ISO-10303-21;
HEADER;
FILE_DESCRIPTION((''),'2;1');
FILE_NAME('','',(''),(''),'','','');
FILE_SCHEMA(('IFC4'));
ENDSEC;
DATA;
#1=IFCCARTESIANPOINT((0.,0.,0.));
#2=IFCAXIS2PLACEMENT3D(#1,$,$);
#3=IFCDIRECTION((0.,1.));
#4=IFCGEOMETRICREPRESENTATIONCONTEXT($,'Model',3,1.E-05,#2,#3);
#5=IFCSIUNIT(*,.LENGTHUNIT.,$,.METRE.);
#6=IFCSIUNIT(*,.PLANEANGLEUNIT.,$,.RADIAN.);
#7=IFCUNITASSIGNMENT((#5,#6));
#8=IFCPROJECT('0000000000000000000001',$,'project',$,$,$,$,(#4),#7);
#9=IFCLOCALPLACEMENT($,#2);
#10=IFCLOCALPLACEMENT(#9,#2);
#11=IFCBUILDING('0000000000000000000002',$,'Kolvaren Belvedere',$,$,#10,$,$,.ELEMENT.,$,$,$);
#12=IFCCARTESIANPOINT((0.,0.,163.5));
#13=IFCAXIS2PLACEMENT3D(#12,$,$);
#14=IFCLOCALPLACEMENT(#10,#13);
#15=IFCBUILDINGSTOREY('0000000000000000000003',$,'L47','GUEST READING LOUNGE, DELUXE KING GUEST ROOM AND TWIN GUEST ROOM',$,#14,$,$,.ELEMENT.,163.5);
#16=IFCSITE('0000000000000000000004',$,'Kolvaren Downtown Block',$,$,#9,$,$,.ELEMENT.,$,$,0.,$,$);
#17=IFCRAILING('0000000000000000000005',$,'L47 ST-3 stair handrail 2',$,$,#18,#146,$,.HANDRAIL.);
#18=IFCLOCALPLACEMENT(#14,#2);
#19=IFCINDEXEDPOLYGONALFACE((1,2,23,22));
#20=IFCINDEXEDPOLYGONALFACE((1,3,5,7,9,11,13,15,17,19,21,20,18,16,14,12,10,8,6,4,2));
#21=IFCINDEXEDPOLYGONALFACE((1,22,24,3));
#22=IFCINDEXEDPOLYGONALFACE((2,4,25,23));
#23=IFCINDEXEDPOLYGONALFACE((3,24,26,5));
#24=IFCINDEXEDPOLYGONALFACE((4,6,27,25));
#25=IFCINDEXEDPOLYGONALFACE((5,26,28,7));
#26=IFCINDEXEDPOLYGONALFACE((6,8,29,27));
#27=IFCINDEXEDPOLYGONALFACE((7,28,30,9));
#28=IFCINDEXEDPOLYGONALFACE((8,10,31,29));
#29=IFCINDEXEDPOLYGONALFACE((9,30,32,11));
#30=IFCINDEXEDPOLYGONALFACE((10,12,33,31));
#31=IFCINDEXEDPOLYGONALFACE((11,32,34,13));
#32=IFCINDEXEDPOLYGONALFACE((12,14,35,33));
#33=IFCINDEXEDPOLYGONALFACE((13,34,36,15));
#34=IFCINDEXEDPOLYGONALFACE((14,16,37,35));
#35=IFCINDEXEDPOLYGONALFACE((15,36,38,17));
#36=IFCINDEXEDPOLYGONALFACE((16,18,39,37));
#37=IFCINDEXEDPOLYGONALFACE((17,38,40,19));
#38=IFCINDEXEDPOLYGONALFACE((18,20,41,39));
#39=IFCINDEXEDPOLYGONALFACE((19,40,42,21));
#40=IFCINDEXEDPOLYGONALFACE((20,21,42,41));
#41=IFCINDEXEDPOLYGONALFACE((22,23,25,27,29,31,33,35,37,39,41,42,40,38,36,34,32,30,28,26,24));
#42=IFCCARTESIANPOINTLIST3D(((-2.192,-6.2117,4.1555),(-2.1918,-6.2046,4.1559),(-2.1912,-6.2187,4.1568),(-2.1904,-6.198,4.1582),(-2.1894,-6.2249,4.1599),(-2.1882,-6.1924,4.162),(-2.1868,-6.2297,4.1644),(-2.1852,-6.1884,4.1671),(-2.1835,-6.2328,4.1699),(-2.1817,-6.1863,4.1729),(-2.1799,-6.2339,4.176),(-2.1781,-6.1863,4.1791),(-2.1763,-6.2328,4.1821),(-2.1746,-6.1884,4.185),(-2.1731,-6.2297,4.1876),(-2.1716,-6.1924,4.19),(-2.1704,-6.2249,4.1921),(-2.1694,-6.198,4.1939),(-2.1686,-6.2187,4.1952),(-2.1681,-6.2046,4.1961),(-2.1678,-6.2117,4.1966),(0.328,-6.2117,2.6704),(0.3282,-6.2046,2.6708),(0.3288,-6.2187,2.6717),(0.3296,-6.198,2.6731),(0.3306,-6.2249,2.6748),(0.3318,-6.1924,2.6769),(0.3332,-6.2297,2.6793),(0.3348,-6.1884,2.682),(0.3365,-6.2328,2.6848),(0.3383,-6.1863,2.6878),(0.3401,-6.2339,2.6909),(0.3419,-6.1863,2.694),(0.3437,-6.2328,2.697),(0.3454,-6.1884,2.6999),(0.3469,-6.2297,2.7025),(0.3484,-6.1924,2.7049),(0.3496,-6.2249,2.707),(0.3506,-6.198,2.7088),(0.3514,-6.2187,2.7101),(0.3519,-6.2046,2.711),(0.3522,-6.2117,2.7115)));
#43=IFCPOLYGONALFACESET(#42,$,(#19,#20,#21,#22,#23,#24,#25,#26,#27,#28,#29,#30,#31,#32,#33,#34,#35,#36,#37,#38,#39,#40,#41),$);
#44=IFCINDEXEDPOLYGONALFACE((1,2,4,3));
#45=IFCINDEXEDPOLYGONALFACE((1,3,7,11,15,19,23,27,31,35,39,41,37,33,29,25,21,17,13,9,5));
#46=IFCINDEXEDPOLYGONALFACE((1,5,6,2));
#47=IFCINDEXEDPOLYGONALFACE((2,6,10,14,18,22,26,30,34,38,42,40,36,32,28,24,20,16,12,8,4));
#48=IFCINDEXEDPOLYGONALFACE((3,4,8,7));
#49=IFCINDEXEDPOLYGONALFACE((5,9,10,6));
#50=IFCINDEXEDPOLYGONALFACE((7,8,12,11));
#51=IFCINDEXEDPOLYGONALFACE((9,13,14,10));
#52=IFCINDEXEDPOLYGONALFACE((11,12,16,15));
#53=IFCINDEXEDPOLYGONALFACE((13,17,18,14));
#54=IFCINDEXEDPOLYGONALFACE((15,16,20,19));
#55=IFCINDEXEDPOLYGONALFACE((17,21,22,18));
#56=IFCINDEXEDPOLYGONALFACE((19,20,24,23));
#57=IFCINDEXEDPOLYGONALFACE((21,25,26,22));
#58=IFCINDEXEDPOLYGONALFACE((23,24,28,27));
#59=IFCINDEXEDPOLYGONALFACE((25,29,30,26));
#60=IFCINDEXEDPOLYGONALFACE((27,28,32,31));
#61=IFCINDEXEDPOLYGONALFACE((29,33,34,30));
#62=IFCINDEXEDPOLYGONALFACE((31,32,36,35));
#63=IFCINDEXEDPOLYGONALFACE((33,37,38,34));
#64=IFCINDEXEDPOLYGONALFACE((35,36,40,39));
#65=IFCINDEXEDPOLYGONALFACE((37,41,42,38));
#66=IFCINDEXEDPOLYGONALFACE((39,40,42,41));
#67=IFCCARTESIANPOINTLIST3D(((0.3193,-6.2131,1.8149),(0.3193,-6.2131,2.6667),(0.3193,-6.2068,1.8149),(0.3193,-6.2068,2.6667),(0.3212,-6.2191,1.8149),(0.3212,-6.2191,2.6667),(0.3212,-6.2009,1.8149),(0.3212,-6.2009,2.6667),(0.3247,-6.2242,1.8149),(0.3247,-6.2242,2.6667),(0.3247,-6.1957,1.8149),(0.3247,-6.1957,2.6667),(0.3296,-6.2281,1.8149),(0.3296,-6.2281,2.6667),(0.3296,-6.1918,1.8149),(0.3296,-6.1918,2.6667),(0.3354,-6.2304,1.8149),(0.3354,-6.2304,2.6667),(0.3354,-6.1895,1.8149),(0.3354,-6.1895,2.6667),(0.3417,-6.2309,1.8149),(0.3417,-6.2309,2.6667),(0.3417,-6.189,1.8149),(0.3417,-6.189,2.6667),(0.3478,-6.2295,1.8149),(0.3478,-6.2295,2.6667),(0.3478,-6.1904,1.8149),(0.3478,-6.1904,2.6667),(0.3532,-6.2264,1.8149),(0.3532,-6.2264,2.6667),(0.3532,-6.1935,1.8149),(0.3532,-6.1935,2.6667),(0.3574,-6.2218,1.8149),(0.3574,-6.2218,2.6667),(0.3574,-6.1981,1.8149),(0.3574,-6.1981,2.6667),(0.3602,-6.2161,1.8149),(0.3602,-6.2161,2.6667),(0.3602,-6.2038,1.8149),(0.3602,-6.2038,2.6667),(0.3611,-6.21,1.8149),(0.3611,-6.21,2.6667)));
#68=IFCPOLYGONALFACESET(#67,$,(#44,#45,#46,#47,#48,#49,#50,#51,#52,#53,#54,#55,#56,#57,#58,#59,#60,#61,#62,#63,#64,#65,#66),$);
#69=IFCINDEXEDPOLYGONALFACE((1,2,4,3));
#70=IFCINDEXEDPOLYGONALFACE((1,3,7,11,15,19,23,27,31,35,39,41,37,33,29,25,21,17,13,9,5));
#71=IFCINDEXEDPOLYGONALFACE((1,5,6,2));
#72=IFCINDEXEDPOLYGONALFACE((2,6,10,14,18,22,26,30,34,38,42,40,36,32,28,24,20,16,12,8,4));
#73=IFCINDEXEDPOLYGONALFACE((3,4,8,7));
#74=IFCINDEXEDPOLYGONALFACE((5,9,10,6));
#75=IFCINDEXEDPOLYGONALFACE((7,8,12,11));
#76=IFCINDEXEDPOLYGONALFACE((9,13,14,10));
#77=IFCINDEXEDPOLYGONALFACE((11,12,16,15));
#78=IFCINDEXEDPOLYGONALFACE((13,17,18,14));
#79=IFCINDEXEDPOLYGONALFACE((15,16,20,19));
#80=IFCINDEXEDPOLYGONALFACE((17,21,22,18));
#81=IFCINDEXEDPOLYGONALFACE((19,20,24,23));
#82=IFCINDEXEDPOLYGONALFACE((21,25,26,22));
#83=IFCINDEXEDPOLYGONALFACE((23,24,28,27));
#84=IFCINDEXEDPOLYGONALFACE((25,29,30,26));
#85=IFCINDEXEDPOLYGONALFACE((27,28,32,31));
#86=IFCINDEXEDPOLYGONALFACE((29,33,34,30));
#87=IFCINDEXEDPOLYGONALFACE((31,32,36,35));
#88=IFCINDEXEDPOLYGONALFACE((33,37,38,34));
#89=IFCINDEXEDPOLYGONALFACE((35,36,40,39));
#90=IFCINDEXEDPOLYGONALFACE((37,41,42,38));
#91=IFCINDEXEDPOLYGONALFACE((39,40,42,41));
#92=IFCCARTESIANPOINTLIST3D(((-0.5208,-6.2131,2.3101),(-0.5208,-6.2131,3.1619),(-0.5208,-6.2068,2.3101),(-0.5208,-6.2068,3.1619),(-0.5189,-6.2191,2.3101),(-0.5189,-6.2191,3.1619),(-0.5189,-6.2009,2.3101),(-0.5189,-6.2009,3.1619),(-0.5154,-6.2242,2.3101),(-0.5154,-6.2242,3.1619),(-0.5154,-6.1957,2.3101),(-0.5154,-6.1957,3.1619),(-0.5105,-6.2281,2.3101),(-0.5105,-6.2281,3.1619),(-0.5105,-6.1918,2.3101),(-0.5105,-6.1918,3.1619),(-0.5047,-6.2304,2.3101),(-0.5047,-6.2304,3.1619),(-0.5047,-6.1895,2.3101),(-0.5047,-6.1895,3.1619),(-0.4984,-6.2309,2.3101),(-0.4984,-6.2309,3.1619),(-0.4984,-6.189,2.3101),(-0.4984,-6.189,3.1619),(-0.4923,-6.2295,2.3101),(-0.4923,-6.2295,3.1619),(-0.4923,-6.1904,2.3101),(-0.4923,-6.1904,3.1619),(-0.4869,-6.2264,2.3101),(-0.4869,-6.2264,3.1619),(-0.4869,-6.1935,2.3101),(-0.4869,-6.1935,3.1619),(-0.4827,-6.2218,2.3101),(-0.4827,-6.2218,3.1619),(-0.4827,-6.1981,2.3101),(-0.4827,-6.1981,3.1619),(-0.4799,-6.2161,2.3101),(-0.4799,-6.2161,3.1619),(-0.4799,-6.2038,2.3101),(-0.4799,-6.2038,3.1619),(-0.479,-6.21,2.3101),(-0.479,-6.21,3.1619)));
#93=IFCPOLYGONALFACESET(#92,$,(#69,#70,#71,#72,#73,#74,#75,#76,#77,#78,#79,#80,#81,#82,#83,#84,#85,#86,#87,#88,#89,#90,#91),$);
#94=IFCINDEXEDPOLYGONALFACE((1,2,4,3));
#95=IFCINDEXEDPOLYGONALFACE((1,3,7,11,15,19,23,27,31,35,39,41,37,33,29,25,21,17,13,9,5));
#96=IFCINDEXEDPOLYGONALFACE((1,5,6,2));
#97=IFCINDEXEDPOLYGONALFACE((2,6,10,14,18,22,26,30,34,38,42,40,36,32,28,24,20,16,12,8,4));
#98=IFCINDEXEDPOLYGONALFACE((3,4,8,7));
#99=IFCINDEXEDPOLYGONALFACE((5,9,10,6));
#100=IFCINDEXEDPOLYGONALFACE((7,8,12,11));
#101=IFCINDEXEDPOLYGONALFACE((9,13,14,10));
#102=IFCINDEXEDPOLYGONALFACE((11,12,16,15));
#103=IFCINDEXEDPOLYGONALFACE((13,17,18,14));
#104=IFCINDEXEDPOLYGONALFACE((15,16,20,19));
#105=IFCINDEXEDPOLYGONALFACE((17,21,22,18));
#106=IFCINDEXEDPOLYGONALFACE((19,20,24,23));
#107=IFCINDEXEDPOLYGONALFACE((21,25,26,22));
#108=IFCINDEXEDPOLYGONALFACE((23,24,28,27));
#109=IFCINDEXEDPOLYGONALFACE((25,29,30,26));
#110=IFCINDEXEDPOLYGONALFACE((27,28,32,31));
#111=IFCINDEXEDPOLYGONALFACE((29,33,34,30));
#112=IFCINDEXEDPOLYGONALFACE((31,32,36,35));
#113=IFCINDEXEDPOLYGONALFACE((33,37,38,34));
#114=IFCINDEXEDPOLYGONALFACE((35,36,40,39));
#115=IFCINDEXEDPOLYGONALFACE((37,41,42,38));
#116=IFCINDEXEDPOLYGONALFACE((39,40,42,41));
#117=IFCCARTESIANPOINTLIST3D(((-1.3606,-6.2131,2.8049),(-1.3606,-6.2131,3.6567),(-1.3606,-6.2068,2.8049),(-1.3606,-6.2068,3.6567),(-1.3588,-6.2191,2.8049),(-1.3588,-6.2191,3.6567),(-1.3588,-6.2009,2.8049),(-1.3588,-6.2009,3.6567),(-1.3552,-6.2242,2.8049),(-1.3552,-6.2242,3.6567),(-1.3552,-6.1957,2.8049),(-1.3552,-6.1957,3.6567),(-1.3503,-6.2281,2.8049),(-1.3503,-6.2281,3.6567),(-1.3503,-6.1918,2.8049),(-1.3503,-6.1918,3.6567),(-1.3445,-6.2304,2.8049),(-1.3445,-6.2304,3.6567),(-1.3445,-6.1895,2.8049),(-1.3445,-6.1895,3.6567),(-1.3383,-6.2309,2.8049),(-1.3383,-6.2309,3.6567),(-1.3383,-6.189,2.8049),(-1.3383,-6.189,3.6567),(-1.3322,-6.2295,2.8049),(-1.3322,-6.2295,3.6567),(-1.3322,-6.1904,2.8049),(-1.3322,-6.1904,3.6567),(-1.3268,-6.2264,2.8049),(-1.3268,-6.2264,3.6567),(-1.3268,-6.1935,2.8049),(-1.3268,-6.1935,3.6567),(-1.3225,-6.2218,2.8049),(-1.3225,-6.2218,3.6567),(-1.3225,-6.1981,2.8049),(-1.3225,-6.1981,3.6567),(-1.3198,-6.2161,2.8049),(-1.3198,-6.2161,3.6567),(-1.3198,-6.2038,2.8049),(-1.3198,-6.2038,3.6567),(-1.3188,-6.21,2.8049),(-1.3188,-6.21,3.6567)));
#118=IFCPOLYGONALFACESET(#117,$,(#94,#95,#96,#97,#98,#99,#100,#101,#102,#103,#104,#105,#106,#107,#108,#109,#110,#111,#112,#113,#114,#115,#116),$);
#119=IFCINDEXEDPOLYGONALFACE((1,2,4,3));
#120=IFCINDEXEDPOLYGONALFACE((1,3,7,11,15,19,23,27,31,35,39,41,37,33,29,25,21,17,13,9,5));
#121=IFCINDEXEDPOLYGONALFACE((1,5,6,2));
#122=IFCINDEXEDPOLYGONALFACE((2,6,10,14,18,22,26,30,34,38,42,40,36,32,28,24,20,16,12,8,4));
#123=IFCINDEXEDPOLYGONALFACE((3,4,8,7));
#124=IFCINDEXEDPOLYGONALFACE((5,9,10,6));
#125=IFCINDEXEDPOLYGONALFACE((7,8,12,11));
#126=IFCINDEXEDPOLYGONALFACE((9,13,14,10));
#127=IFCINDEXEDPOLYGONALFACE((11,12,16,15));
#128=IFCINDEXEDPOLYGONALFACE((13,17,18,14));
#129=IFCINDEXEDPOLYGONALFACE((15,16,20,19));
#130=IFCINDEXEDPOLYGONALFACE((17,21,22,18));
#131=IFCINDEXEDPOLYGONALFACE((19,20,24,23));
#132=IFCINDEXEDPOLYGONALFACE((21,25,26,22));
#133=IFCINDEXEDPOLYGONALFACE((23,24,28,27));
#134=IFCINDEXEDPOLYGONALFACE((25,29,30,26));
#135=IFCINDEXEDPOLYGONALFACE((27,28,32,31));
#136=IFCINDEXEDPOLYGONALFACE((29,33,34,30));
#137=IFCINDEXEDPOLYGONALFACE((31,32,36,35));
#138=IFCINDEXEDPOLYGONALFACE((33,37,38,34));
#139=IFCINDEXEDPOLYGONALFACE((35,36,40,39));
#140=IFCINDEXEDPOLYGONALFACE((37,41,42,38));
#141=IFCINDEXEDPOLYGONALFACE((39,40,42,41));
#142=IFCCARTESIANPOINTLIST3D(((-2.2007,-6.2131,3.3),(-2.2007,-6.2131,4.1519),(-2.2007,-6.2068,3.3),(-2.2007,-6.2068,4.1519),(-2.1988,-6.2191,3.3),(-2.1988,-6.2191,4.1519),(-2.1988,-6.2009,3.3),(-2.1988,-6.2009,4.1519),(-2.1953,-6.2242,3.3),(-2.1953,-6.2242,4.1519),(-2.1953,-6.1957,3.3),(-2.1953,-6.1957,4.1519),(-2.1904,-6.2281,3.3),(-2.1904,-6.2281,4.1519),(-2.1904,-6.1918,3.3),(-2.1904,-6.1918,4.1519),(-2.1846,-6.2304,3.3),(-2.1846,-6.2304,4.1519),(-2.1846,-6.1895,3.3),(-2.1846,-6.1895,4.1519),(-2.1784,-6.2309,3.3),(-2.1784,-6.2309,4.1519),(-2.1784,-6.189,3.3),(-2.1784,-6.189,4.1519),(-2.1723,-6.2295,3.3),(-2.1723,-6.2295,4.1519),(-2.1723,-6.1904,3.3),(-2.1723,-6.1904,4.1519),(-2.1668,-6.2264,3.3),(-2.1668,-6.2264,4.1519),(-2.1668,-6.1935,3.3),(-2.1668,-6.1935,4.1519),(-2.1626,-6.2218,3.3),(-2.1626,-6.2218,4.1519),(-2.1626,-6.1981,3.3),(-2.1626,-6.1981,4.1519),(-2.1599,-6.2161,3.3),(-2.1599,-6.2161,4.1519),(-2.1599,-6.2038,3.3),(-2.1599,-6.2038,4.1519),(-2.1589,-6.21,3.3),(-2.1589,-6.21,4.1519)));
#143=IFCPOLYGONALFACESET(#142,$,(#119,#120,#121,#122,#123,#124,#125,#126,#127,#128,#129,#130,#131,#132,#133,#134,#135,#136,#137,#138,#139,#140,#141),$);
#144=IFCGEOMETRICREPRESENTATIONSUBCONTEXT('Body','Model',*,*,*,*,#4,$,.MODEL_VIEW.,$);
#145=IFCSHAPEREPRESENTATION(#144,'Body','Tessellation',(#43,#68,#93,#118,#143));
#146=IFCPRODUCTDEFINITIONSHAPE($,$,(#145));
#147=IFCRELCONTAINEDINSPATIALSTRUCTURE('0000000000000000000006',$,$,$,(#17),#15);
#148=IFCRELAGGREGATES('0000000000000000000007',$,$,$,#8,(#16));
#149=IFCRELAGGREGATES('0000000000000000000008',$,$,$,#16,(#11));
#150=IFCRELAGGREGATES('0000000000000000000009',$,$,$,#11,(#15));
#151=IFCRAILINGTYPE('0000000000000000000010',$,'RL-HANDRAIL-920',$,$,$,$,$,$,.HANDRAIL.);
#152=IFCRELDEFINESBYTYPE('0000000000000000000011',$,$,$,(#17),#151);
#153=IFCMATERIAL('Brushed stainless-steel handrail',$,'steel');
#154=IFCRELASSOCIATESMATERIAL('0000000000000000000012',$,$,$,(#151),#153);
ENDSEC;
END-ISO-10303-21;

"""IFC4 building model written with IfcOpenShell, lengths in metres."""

from ifc_helpers import new_model, si_unit, direction, frame, origin, origin_2d, place, context, subcontext, project, spatial, circle, extrude, material, type_object, element, save


model = new_model("IFC4")

# Units and contexts
model_context = context("Model", 3, precision=1e-05, world=origin(), true_north=direction((0.0, 1.0)))
body_context = subcontext(model_context, "Body", "Model", "MODEL_VIEW")
ifc_project = project(units=[si_unit("LENGTHUNIT", "METRE"), si_unit("PLANEANGLEUNIT", "RADIAN")], contexts=[model_context])

# Site, building, storey
site_placement = place(None, origin())
site = spatial("IfcSite", under=ifc_project, at=site_placement, Name="Kolvaren Downtown Block", CompositionType="ELEMENT", RefElevation=0.0)
building_placement = place(site_placement, origin())
building = spatial("IfcBuilding", under=site, at=building_placement, Name="Kolvaren Belvedere", CompositionType="ELEMENT")
storey_placement = place(building_placement, frame((0.0, 0.0, 163.5)))
storey = spatial("IfcBuildingStorey", under=building, at=storey_placement, Name="L47", Description="GUEST READING LOUNGE, DELUXE KING GUEST ROOM AND TWIN GUEST ROOM", CompositionType="ELEMENT", Elevation=163.5)

# Railing
ifc_material_1 = material(Name="Brushed stainless-steel handrail", Category="steel")
railing_type_1 = type_object("IfcRailingType", Name="RL-HANDRAIL-920", PredefinedType="HANDRAIL", material=ifc_material_1)
railing_1_placement = place(storey_placement, frame((0.3401, -6.21, 1.8149)))
element("IfcRailing", 1, at=railing_1_placement, inside=storey, type_object=railing_type_1, Name="L47 ST-3 stair handrail 2", PredefinedType="HANDRAIL", context=body_context, shape_type="SweptSolid", body=[
    extrude(circle(Radius=0.0239, at=origin_2d()), frame((0.0, 0.0, 0.876), z_axis=(-0.861524, 0.0, 0.507717), x_axis=(0.0, -1.0, 0.0)), (0.0, 0.0, 1.0), 2.925),
    extrude(circle(Radius=0.021, at=origin_2d()), origin(), (0.0, 0.0, 1.0), 0.8518),
    extrude(circle(Radius=0.021, at=origin_2d()), frame((-0.8401, 0.0, 0.4951)), (0.0, 0.0, 1.0), 0.8518),
    extrude(circle(Radius=0.021, at=origin_2d()), frame((-1.6799, 0.0, 0.99)), (0.0, 0.0, 1.0), 0.8518),
    extrude(circle(Radius=0.021, at=origin_2d()), frame((-2.52, 0.0, 1.4851)), (0.0, 0.0, 1.0), 0.8518),
])

save(model, "model.ifc")
